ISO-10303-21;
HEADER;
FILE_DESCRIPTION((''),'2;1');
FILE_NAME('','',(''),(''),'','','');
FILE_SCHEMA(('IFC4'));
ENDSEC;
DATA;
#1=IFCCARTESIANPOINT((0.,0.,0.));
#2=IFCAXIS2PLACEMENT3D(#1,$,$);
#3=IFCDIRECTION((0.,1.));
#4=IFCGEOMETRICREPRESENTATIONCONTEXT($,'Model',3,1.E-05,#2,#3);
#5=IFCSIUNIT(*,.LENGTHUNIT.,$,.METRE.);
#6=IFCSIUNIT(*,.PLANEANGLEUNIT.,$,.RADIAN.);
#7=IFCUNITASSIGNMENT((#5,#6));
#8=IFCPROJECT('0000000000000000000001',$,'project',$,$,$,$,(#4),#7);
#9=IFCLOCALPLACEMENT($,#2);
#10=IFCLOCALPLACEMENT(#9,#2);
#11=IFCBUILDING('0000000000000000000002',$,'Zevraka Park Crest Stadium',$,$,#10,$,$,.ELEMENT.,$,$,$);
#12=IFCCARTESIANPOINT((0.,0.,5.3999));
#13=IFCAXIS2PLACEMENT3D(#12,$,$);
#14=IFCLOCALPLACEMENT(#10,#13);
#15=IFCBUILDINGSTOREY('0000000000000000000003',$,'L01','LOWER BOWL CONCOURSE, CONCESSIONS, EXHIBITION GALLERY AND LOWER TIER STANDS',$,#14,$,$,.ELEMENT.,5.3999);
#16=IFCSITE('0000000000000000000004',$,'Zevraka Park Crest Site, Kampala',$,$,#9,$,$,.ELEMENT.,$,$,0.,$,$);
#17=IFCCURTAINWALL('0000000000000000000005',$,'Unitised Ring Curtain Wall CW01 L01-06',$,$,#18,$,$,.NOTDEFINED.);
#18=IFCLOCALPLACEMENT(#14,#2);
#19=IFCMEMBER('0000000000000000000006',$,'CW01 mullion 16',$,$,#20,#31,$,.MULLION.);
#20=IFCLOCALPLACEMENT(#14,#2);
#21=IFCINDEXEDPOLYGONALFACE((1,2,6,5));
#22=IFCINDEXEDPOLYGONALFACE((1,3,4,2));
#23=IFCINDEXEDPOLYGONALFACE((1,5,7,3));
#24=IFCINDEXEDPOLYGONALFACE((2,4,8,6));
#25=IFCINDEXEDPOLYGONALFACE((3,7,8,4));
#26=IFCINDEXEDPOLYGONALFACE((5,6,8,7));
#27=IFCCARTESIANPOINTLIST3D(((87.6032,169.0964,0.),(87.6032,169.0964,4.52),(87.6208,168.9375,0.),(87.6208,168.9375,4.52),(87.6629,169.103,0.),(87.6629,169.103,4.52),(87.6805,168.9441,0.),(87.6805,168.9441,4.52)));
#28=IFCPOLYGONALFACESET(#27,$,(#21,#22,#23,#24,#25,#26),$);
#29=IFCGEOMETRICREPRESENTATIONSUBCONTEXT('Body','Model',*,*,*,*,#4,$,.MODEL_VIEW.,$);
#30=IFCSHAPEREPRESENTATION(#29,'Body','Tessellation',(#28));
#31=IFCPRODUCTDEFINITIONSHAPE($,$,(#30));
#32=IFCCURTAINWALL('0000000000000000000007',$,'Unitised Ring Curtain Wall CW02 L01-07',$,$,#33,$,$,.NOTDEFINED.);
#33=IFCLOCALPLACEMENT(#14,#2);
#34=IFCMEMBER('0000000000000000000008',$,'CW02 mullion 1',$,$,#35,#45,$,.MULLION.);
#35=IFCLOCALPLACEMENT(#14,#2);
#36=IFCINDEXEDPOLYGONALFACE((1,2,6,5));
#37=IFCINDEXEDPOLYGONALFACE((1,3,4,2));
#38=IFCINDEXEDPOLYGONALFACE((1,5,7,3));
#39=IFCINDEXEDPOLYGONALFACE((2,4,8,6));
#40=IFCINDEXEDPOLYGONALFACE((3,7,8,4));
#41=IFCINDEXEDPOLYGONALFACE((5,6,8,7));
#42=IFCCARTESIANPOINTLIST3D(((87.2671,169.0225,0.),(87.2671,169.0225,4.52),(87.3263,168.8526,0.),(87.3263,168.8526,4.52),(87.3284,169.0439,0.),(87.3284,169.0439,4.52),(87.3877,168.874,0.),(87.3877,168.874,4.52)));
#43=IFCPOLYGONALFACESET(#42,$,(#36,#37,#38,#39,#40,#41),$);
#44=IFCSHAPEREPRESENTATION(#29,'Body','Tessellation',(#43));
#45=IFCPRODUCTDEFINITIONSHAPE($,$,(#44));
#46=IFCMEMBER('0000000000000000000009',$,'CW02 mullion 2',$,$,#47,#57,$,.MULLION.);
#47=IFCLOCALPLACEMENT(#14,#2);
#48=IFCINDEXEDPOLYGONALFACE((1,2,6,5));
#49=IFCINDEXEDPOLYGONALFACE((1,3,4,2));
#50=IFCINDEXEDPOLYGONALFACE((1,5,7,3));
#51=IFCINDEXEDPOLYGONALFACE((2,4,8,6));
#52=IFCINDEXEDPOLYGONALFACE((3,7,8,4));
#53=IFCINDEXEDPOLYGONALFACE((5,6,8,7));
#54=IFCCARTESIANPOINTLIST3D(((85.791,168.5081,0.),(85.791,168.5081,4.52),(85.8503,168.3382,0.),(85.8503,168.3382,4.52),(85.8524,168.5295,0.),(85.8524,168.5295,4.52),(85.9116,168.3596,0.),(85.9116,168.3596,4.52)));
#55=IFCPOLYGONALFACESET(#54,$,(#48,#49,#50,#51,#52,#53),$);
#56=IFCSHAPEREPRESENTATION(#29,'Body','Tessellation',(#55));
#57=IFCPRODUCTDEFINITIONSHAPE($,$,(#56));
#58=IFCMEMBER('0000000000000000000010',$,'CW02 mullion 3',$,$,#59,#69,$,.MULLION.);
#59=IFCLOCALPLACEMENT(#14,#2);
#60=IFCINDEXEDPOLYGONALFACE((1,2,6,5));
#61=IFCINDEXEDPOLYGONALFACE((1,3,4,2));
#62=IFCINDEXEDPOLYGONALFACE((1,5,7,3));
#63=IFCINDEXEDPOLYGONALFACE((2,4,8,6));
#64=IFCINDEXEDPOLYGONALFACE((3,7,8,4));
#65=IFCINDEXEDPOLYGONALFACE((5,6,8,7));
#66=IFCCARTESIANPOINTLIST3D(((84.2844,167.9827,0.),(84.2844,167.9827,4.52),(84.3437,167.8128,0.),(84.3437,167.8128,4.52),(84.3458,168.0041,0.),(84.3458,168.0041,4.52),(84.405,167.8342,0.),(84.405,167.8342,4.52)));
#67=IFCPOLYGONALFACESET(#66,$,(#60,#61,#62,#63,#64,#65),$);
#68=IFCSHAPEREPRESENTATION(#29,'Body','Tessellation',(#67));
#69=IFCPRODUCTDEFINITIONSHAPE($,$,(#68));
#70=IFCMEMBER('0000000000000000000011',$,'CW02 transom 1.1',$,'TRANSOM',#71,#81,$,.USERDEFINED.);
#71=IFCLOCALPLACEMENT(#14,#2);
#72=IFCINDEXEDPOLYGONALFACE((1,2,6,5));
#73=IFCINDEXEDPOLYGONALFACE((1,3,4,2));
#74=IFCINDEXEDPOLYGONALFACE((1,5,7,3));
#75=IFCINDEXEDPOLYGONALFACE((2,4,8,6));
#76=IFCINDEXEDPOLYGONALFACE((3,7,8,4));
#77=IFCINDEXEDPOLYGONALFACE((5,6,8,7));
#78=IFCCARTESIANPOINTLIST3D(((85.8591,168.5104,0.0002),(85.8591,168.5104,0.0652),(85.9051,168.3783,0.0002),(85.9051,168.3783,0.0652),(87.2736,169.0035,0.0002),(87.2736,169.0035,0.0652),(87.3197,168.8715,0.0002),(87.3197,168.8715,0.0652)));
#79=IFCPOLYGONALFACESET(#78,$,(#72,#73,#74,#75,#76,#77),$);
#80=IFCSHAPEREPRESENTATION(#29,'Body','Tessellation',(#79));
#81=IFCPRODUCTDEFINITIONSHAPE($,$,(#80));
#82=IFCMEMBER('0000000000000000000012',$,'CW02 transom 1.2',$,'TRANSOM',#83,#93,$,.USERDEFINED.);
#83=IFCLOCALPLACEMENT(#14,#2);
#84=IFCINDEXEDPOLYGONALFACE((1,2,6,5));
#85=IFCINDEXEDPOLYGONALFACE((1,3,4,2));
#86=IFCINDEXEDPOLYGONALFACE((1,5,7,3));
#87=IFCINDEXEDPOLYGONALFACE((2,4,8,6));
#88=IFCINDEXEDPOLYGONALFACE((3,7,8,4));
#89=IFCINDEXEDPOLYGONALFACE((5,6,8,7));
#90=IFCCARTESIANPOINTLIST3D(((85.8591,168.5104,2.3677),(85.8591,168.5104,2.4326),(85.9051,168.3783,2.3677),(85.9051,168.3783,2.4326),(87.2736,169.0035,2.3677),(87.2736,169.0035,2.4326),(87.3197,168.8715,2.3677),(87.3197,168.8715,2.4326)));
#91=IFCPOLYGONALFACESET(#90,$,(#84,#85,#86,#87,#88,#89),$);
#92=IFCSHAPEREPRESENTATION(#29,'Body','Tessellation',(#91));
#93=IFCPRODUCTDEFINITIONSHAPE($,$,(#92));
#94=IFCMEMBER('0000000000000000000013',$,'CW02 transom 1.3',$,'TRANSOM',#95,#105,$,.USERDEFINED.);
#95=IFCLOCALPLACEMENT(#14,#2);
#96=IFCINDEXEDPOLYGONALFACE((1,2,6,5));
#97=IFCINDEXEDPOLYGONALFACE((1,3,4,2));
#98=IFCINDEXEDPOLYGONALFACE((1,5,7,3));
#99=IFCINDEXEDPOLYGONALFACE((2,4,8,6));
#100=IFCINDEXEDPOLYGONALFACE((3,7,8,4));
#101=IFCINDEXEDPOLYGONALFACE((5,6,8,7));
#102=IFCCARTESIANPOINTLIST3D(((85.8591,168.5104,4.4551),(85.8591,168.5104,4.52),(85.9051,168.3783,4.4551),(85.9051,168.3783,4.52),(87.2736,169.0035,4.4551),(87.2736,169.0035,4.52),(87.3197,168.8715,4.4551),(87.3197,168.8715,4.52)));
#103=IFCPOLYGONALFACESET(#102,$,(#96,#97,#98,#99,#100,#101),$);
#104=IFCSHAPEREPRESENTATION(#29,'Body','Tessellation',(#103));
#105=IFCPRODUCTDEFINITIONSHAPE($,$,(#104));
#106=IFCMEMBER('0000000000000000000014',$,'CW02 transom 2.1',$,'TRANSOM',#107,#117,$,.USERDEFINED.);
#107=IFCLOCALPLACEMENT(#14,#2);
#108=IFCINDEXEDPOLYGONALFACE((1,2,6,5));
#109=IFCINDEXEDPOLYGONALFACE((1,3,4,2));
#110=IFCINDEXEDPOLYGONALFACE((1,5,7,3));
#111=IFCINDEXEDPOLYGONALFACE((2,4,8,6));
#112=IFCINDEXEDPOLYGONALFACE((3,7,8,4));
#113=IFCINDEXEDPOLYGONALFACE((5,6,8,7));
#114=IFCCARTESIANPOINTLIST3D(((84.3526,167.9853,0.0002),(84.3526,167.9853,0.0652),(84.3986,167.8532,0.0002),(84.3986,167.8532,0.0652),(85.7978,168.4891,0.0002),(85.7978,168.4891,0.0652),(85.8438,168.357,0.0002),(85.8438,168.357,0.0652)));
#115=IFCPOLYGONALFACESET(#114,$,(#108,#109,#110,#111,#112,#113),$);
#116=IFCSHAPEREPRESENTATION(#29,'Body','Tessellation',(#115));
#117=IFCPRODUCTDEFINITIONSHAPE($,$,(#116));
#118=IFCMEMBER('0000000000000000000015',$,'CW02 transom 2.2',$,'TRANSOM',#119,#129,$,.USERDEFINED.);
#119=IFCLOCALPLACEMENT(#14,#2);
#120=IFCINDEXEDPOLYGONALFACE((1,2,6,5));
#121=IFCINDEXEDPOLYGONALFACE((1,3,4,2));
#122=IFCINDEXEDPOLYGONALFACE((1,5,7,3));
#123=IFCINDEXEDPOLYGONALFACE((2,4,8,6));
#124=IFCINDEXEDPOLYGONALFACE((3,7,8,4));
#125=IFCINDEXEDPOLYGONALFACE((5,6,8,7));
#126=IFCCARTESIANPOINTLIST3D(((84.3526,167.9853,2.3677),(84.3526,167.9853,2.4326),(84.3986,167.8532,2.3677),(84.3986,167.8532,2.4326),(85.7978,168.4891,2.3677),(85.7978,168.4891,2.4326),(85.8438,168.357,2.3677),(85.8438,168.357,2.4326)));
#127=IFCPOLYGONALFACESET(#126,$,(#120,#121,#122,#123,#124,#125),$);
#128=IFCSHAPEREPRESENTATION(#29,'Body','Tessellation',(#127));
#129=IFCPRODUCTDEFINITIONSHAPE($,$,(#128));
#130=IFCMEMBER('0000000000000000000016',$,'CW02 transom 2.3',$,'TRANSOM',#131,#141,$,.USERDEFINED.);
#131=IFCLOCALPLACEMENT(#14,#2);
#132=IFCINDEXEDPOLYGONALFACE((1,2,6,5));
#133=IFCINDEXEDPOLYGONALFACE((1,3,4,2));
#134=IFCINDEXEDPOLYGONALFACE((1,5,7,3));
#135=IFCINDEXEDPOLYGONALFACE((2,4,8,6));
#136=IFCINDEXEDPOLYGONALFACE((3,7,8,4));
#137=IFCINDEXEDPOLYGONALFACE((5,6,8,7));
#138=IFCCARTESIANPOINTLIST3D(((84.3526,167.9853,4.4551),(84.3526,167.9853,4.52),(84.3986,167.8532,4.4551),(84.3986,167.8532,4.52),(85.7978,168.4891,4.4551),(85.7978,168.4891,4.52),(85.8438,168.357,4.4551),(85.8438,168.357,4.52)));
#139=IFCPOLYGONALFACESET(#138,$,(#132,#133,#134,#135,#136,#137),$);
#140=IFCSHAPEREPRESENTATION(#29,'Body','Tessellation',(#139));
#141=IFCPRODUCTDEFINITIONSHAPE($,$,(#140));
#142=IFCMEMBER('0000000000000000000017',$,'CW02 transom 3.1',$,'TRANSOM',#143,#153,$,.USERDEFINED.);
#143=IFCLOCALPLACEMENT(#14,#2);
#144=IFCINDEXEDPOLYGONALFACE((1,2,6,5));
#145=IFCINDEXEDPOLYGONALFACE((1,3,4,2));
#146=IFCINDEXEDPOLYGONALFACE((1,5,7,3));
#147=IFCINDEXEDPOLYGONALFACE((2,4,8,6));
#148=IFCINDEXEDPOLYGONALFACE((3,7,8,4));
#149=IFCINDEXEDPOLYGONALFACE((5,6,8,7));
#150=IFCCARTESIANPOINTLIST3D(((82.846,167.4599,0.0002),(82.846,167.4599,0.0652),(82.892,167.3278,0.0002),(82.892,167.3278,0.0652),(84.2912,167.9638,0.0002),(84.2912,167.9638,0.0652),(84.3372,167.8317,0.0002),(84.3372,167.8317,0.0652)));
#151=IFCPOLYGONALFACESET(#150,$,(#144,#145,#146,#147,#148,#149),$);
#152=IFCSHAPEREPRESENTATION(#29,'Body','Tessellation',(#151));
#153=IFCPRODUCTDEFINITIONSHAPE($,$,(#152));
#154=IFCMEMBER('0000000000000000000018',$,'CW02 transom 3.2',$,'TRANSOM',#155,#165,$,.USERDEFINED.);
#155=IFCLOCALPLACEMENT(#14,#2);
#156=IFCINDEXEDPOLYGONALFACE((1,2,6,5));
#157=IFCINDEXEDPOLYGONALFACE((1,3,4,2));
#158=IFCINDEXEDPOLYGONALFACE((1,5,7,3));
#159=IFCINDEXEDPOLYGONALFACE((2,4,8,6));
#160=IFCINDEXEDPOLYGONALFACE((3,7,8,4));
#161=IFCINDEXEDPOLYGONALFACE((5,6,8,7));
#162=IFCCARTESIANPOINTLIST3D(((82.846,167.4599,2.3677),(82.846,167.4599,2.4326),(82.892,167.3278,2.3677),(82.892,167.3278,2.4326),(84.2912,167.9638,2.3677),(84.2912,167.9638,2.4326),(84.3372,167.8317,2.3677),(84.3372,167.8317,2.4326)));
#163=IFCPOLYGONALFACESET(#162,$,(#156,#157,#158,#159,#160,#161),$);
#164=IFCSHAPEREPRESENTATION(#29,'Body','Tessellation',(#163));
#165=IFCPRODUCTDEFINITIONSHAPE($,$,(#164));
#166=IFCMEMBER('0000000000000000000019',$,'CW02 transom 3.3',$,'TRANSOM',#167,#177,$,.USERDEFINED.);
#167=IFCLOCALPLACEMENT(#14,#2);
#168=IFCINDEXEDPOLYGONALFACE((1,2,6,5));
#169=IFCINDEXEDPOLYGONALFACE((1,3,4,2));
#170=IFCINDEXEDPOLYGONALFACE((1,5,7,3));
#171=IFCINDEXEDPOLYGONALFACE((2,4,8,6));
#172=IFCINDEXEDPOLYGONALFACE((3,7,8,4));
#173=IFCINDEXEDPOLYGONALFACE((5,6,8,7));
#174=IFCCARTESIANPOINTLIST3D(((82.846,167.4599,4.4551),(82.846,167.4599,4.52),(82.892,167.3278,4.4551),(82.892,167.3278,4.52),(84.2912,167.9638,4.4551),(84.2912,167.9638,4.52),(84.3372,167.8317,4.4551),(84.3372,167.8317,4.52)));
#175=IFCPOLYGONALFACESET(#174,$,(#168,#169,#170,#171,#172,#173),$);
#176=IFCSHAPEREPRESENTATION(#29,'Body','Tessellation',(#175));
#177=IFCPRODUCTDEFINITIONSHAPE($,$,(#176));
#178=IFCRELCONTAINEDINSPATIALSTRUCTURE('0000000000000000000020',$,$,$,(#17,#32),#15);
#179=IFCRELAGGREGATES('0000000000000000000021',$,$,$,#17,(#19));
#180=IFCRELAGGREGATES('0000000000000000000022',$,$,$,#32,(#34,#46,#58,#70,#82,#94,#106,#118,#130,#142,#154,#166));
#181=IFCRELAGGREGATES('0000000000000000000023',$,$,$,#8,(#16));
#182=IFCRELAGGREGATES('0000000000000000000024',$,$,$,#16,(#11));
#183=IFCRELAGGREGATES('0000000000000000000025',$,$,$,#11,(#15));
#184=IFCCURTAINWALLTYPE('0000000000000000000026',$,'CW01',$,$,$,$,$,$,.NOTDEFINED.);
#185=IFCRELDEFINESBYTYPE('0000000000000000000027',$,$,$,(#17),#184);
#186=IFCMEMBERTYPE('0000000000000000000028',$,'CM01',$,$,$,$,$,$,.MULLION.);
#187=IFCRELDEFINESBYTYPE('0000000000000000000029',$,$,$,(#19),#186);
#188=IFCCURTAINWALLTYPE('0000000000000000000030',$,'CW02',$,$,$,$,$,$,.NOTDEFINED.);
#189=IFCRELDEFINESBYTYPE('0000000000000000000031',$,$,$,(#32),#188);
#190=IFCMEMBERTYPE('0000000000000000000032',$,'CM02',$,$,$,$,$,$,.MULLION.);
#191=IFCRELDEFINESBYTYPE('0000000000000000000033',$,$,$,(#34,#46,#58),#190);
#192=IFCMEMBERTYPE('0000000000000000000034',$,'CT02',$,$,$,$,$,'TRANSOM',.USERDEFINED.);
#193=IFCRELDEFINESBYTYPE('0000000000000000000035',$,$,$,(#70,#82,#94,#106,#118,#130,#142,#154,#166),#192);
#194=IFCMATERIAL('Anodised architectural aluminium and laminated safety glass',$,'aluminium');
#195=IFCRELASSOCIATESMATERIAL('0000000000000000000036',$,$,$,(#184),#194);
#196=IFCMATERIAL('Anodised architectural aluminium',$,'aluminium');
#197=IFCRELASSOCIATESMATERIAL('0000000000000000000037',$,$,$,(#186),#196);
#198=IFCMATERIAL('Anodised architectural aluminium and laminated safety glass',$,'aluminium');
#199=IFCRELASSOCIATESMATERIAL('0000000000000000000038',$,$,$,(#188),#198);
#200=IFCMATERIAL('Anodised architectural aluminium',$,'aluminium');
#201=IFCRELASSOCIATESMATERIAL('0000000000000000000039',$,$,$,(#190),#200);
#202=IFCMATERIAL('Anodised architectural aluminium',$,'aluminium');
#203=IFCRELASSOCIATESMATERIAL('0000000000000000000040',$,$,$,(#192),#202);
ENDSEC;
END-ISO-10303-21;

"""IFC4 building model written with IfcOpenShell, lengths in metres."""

from ifc_helpers import new_model, si_unit, direction, frame, origin, origin_2d, place, context, subcontext, project, spatial, rectangle, extrude, material, material_profile, profile_set, type_object, element, aggregate, save


model = new_model("IFC4")

# Units and contexts
model_context = context("Model", 3, precision=1e-05, world=origin(), true_north=direction((0.0, 1.0)))
body_context = subcontext(model_context, "Body", "Model", "MODEL_VIEW")
ifc_project = project(units=[si_unit("LENGTHUNIT", "METRE"), si_unit("PLANEANGLEUNIT", "RADIAN")], contexts=[model_context])

# Site, building, storey
site_placement = place(None, origin())
site = spatial("IfcSite", under=ifc_project, at=site_placement, Name="Zevraka Park Crest Site, Kampala", CompositionType="ELEMENT", RefElevation=0.0)
building_placement = place(site_placement, origin())
building = spatial("IfcBuilding", under=site, at=building_placement, Name="Zevraka Park Crest Stadium", CompositionType="ELEMENT")
storey_placement = place(building_placement, frame((0.0, 0.0, 5.3999)))
storey = spatial("IfcBuildingStorey", under=building, at=storey_placement, Name="L01", Description="LOWER BOWL CONCOURSE, CONCESSIONS, EXHIBITION GALLERY AND LOWER TIER STANDS", CompositionType="ELEMENT", Elevation=5.3999)

# Curtain wall, member
ifc_material_1 = material(Name="Anodised architectural aluminium and laminated safety glass", Category="aluminium")
curtain_wall_type_1 = type_object("IfcCurtainWallType", Name="CW01", PredefinedType="NOTDEFINED", material=ifc_material_1)
curtain_wall_1_placement = place(storey_placement, origin())
curtain_wall_1 = element("IfcCurtainWall", 1, at=curtain_wall_1_placement, inside=storey, type_object=curtain_wall_type_1, Name="Unitised Ring Curtain Wall CW01 L01-06", PredefinedType="NOTDEFINED")
ifc_material_2 = material(Name="Anodised architectural aluminium", Category="aluminium")
ifc_material_profile_1 = material_profile(ifc_material_2, rectangle(XDim=0.1599, YDim=0.0601, at=origin_2d()), Name="ALU MULLION 160x60")
ifc_profile_set_1 = profile_set([ifc_material_profile_1], Name="Anodised architectural aluminium")
member_type_1 = type_object("IfcMemberType", Name="CM01", PredefinedType="MULLION", material=ifc_profile_set_1)
member_1_placement = place(storey_placement, frame((87.6418, 169.0203, 0.0), z_axis=(0.0, 0.0, 1.0), x_axis=(0.110135, -0.993917, 0.0)))
member_1 = element("IfcMember", 2, at=member_1_placement, type_object=member_type_1, Name="CW01 mullion 16", PredefinedType="MULLION", context=body_context, shape_type="SweptSolid", body=[
    extrude(rectangle(XDim=0.1599, YDim=0.0601, at=origin_2d()), origin(), (0.0, 0.0, 1.0), 4.52),
])
aggregate(curtain_wall_1, [member_1])

# Curtain wall, members
ifc_material_3 = material(Name="Anodised architectural aluminium and laminated safety glass", Category="aluminium")
curtain_wall_type_2 = type_object("IfcCurtainWallType", Name="CW02", PredefinedType="NOTDEFINED", material=ifc_material_3)
curtain_wall_2_placement = place(storey_placement, origin())
curtain_wall_2 = element("IfcCurtainWall", 3, at=curtain_wall_2_placement, inside=storey, type_object=curtain_wall_type_2, Name="Unitised Ring Curtain Wall CW02 L01-07", PredefinedType="NOTDEFINED")
ifc_material_4 = material(Name="Anodised architectural aluminium", Category="aluminium")
ifc_material_profile_2 = material_profile(ifc_material_4, rectangle(XDim=0.1799, YDim=0.0649, at=origin_2d()), Name="ALU MULLION 180x65")
ifc_profile_set_2 = profile_set([ifc_material_profile_2], Name="Anodised architectural aluminium")
member_type_2 = type_object("IfcMemberType", Name="CM02", PredefinedType="MULLION", material=ifc_profile_set_2)
member_2_placement = place(storey_placement, frame((87.3274, 168.9482, 0.0), z_axis=(0.0, 0.0, 1.0), x_axis=(0.329209, -0.944257, 0.0)))
member_2 = element("IfcMember", 4, at=member_2_placement, type_object=member_type_2, Name="CW02 mullion 1", PredefinedType="MULLION", context=body_context, shape_type="SweptSolid", body=[
    extrude(rectangle(XDim=0.1799, YDim=0.0649, at=origin_2d()), origin(), (0.0, 0.0, 1.0), 4.52),
])
member_3_placement = place(storey_placement, frame((85.8513, 168.4338, 0.0), z_axis=(0.0, 0.0, 1.0), x_axis=(0.329209, -0.944257, 0.0)))
member_3 = element("IfcMember", 5, at=member_3_placement, type_object=member_type_2, Name="CW02 mullion 2", PredefinedType="MULLION", context=body_context, shape_type="SweptSolid", body=[
    extrude(rectangle(XDim=0.1799, YDim=0.0649, at=origin_2d()), origin(), (0.0, 0.0, 1.0), 4.52),
])
member_4_placement = place(storey_placement, frame((84.3447, 167.9084, 0.0), z_axis=(0.0, 0.0, 1.0), x_axis=(0.329209, -0.944257, 0.0)))
member_4 = element("IfcMember", 6, at=member_4_placement, type_object=member_type_2, Name="CW02 mullion 3", PredefinedType="MULLION", context=body_context, shape_type="SweptSolid", body=[
    extrude(rectangle(XDim=0.1799, YDim=0.0649, at=origin_2d()), origin(), (0.0, 0.0, 1.0), 4.52),
])
ifc_material_5 = material(Name="Anodised architectural aluminium", Category="aluminium")
ifc_material_profile_3 = material_profile(ifc_material_5, rectangle(XDim=0.1399, YDim=0.0649, at=origin_2d()), Name="ALU TRANSOM 140x65")
ifc_profile_set_3 = profile_set([ifc_material_profile_3], Name="Anodised architectural aluminium")
member_type_3 = type_object("IfcMemberType", Name="CT02", ElementType="TRANSOM", PredefinedType="USERDEFINED", material=ifc_profile_set_3)
member_5_placement = place(storey_placement, frame((87.2966, 168.9375, 0.0327), z_axis=(-0.944259, -0.329203, 0.0), x_axis=(0.329203, -0.944259, 0.0)))
member_5 = element("IfcMember", 7, at=member_5_placement, type_object=member_type_3, Name="CW02 transom 1.1", ObjectType="TRANSOM", PredefinedType="USERDEFINED", context=body_context, shape_type="SweptSolid", body=[
    extrude(rectangle(XDim=0.1399, YDim=0.0649, at=origin_2d()), origin(), (0.0, 0.0, 1.0), 1.498),
])
member_6_placement = place(storey_placement, frame((87.2966, 168.9375, 2.4001), z_axis=(-0.944259, -0.329203, 0.0), x_axis=(0.329203, -0.944259, 0.0)))
member_6 = element("IfcMember", 8, at=member_6_placement, type_object=member_type_3, Name="CW02 transom 1.2", ObjectType="TRANSOM", PredefinedType="USERDEFINED", context=body_context, shape_type="SweptSolid", body=[
    extrude(rectangle(XDim=0.1399, YDim=0.0649, at=origin_2d()), origin(), (0.0, 0.0, 1.0), 1.498),
])
member_7_placement = place(storey_placement, frame((87.2966, 168.9375, 4.4875), z_axis=(-0.944259, -0.329203, 0.0), x_axis=(0.329203, -0.944259, 0.0)))
member_7 = element("IfcMember", 9, at=member_7_placement, type_object=member_type_3, Name="CW02 transom 1.3", ObjectType="TRANSOM", PredefinedType="USERDEFINED", context=body_context, shape_type="SweptSolid", body=[
    extrude(rectangle(XDim=0.1399, YDim=0.0649, at=origin_2d()), origin(), (0.0, 0.0, 1.0), 1.498),
])
member_8_placement = place(storey_placement, frame((85.8208, 168.4231, 0.0327), z_axis=(-0.944256, -0.329213, 0.0), x_axis=(0.329213, -0.944256, 0.0)))
member_8 = element("IfcMember", 10, at=member_8_placement, type_object=member_type_3, Name="CW02 transom 2.1", ObjectType="TRANSOM", PredefinedType="USERDEFINED", context=body_context, shape_type="SweptSolid", body=[
    extrude(rectangle(XDim=0.1399, YDim=0.0649, at=origin_2d()), origin(), (0.0, 0.0, 1.0), 1.5305),
])
member_9_placement = place(storey_placement, frame((85.8208, 168.4231, 2.4001), z_axis=(-0.944256, -0.329213, 0.0), x_axis=(0.329213, -0.944256, 0.0)))
member_9 = element("IfcMember", 11, at=member_9_placement, type_object=member_type_3, Name="CW02 transom 2.2", ObjectType="TRANSOM", PredefinedType="USERDEFINED", context=body_context, shape_type="SweptSolid", body=[
    extrude(rectangle(XDim=0.1399, YDim=0.0649, at=origin_2d()), origin(), (0.0, 0.0, 1.0), 1.5305),
])
member_10_placement = place(storey_placement, frame((85.8208, 168.4231, 4.4875), z_axis=(-0.944256, -0.329213, 0.0), x_axis=(0.329213, -0.944256, 0.0)))
member_10 = element("IfcMember", 12, at=member_10_placement, type_object=member_type_3, Name="CW02 transom 2.3", ObjectType="TRANSOM", PredefinedType="USERDEFINED", context=body_context, shape_type="SweptSolid", body=[
    extrude(rectangle(XDim=0.1399, YDim=0.0649, at=origin_2d()), origin(), (0.0, 0.0, 1.0), 1.5305),
])
member_11_placement = place(storey_placement, frame((84.3142, 167.8977, 0.0327), z_axis=(-0.944256, -0.329213, 0.0), x_axis=(0.329213, -0.944256, 0.0)))
member_11 = element("IfcMember", 13, at=member_11_placement, type_object=member_type_3, Name="CW02 transom 3.1", ObjectType="TRANSOM", PredefinedType="USERDEFINED", context=body_context, shape_type="SweptSolid", body=[
    extrude(rectangle(XDim=0.1399, YDim=0.0649, at=origin_2d()), origin(), (0.0, 0.0, 1.0), 1.5305),
])
member_12_placement = place(storey_placement, frame((84.3142, 167.8977, 2.4001), z_axis=(-0.944256, -0.329213, 0.0), x_axis=(0.329213, -0.944256, 0.0)))
member_12 = element("IfcMember", 14, at=member_12_placement, type_object=member_type_3, Name="CW02 transom 3.2", ObjectType="TRANSOM", PredefinedType="USERDEFINED", context=body_context, shape_type="SweptSolid", body=[
    extrude(rectangle(XDim=0.1399, YDim=0.0649, at=origin_2d()), origin(), (0.0, 0.0, 1.0), 1.5305),
])
member_13_placement = place(storey_placement, frame((84.3142, 167.8977, 4.4875), z_axis=(-0.944256, -0.329213, 0.0), x_axis=(0.329213, -0.944256, 0.0)))
member_13 = element("IfcMember", 15, at=member_13_placement, type_object=member_type_3, Name="CW02 transom 3.3", ObjectType="TRANSOM", PredefinedType="USERDEFINED", context=body_context, shape_type="SweptSolid", body=[
    extrude(rectangle(XDim=0.1399, YDim=0.0649, at=origin_2d()), origin(), (0.0, 0.0, 1.0), 1.5305),
])

aggregate(curtain_wall_2, [member_2, member_3, member_4, member_5, member_6, member_7, member_8, member_9, member_10, member_11, member_12, member_13])

save(model, "model.ifc")
